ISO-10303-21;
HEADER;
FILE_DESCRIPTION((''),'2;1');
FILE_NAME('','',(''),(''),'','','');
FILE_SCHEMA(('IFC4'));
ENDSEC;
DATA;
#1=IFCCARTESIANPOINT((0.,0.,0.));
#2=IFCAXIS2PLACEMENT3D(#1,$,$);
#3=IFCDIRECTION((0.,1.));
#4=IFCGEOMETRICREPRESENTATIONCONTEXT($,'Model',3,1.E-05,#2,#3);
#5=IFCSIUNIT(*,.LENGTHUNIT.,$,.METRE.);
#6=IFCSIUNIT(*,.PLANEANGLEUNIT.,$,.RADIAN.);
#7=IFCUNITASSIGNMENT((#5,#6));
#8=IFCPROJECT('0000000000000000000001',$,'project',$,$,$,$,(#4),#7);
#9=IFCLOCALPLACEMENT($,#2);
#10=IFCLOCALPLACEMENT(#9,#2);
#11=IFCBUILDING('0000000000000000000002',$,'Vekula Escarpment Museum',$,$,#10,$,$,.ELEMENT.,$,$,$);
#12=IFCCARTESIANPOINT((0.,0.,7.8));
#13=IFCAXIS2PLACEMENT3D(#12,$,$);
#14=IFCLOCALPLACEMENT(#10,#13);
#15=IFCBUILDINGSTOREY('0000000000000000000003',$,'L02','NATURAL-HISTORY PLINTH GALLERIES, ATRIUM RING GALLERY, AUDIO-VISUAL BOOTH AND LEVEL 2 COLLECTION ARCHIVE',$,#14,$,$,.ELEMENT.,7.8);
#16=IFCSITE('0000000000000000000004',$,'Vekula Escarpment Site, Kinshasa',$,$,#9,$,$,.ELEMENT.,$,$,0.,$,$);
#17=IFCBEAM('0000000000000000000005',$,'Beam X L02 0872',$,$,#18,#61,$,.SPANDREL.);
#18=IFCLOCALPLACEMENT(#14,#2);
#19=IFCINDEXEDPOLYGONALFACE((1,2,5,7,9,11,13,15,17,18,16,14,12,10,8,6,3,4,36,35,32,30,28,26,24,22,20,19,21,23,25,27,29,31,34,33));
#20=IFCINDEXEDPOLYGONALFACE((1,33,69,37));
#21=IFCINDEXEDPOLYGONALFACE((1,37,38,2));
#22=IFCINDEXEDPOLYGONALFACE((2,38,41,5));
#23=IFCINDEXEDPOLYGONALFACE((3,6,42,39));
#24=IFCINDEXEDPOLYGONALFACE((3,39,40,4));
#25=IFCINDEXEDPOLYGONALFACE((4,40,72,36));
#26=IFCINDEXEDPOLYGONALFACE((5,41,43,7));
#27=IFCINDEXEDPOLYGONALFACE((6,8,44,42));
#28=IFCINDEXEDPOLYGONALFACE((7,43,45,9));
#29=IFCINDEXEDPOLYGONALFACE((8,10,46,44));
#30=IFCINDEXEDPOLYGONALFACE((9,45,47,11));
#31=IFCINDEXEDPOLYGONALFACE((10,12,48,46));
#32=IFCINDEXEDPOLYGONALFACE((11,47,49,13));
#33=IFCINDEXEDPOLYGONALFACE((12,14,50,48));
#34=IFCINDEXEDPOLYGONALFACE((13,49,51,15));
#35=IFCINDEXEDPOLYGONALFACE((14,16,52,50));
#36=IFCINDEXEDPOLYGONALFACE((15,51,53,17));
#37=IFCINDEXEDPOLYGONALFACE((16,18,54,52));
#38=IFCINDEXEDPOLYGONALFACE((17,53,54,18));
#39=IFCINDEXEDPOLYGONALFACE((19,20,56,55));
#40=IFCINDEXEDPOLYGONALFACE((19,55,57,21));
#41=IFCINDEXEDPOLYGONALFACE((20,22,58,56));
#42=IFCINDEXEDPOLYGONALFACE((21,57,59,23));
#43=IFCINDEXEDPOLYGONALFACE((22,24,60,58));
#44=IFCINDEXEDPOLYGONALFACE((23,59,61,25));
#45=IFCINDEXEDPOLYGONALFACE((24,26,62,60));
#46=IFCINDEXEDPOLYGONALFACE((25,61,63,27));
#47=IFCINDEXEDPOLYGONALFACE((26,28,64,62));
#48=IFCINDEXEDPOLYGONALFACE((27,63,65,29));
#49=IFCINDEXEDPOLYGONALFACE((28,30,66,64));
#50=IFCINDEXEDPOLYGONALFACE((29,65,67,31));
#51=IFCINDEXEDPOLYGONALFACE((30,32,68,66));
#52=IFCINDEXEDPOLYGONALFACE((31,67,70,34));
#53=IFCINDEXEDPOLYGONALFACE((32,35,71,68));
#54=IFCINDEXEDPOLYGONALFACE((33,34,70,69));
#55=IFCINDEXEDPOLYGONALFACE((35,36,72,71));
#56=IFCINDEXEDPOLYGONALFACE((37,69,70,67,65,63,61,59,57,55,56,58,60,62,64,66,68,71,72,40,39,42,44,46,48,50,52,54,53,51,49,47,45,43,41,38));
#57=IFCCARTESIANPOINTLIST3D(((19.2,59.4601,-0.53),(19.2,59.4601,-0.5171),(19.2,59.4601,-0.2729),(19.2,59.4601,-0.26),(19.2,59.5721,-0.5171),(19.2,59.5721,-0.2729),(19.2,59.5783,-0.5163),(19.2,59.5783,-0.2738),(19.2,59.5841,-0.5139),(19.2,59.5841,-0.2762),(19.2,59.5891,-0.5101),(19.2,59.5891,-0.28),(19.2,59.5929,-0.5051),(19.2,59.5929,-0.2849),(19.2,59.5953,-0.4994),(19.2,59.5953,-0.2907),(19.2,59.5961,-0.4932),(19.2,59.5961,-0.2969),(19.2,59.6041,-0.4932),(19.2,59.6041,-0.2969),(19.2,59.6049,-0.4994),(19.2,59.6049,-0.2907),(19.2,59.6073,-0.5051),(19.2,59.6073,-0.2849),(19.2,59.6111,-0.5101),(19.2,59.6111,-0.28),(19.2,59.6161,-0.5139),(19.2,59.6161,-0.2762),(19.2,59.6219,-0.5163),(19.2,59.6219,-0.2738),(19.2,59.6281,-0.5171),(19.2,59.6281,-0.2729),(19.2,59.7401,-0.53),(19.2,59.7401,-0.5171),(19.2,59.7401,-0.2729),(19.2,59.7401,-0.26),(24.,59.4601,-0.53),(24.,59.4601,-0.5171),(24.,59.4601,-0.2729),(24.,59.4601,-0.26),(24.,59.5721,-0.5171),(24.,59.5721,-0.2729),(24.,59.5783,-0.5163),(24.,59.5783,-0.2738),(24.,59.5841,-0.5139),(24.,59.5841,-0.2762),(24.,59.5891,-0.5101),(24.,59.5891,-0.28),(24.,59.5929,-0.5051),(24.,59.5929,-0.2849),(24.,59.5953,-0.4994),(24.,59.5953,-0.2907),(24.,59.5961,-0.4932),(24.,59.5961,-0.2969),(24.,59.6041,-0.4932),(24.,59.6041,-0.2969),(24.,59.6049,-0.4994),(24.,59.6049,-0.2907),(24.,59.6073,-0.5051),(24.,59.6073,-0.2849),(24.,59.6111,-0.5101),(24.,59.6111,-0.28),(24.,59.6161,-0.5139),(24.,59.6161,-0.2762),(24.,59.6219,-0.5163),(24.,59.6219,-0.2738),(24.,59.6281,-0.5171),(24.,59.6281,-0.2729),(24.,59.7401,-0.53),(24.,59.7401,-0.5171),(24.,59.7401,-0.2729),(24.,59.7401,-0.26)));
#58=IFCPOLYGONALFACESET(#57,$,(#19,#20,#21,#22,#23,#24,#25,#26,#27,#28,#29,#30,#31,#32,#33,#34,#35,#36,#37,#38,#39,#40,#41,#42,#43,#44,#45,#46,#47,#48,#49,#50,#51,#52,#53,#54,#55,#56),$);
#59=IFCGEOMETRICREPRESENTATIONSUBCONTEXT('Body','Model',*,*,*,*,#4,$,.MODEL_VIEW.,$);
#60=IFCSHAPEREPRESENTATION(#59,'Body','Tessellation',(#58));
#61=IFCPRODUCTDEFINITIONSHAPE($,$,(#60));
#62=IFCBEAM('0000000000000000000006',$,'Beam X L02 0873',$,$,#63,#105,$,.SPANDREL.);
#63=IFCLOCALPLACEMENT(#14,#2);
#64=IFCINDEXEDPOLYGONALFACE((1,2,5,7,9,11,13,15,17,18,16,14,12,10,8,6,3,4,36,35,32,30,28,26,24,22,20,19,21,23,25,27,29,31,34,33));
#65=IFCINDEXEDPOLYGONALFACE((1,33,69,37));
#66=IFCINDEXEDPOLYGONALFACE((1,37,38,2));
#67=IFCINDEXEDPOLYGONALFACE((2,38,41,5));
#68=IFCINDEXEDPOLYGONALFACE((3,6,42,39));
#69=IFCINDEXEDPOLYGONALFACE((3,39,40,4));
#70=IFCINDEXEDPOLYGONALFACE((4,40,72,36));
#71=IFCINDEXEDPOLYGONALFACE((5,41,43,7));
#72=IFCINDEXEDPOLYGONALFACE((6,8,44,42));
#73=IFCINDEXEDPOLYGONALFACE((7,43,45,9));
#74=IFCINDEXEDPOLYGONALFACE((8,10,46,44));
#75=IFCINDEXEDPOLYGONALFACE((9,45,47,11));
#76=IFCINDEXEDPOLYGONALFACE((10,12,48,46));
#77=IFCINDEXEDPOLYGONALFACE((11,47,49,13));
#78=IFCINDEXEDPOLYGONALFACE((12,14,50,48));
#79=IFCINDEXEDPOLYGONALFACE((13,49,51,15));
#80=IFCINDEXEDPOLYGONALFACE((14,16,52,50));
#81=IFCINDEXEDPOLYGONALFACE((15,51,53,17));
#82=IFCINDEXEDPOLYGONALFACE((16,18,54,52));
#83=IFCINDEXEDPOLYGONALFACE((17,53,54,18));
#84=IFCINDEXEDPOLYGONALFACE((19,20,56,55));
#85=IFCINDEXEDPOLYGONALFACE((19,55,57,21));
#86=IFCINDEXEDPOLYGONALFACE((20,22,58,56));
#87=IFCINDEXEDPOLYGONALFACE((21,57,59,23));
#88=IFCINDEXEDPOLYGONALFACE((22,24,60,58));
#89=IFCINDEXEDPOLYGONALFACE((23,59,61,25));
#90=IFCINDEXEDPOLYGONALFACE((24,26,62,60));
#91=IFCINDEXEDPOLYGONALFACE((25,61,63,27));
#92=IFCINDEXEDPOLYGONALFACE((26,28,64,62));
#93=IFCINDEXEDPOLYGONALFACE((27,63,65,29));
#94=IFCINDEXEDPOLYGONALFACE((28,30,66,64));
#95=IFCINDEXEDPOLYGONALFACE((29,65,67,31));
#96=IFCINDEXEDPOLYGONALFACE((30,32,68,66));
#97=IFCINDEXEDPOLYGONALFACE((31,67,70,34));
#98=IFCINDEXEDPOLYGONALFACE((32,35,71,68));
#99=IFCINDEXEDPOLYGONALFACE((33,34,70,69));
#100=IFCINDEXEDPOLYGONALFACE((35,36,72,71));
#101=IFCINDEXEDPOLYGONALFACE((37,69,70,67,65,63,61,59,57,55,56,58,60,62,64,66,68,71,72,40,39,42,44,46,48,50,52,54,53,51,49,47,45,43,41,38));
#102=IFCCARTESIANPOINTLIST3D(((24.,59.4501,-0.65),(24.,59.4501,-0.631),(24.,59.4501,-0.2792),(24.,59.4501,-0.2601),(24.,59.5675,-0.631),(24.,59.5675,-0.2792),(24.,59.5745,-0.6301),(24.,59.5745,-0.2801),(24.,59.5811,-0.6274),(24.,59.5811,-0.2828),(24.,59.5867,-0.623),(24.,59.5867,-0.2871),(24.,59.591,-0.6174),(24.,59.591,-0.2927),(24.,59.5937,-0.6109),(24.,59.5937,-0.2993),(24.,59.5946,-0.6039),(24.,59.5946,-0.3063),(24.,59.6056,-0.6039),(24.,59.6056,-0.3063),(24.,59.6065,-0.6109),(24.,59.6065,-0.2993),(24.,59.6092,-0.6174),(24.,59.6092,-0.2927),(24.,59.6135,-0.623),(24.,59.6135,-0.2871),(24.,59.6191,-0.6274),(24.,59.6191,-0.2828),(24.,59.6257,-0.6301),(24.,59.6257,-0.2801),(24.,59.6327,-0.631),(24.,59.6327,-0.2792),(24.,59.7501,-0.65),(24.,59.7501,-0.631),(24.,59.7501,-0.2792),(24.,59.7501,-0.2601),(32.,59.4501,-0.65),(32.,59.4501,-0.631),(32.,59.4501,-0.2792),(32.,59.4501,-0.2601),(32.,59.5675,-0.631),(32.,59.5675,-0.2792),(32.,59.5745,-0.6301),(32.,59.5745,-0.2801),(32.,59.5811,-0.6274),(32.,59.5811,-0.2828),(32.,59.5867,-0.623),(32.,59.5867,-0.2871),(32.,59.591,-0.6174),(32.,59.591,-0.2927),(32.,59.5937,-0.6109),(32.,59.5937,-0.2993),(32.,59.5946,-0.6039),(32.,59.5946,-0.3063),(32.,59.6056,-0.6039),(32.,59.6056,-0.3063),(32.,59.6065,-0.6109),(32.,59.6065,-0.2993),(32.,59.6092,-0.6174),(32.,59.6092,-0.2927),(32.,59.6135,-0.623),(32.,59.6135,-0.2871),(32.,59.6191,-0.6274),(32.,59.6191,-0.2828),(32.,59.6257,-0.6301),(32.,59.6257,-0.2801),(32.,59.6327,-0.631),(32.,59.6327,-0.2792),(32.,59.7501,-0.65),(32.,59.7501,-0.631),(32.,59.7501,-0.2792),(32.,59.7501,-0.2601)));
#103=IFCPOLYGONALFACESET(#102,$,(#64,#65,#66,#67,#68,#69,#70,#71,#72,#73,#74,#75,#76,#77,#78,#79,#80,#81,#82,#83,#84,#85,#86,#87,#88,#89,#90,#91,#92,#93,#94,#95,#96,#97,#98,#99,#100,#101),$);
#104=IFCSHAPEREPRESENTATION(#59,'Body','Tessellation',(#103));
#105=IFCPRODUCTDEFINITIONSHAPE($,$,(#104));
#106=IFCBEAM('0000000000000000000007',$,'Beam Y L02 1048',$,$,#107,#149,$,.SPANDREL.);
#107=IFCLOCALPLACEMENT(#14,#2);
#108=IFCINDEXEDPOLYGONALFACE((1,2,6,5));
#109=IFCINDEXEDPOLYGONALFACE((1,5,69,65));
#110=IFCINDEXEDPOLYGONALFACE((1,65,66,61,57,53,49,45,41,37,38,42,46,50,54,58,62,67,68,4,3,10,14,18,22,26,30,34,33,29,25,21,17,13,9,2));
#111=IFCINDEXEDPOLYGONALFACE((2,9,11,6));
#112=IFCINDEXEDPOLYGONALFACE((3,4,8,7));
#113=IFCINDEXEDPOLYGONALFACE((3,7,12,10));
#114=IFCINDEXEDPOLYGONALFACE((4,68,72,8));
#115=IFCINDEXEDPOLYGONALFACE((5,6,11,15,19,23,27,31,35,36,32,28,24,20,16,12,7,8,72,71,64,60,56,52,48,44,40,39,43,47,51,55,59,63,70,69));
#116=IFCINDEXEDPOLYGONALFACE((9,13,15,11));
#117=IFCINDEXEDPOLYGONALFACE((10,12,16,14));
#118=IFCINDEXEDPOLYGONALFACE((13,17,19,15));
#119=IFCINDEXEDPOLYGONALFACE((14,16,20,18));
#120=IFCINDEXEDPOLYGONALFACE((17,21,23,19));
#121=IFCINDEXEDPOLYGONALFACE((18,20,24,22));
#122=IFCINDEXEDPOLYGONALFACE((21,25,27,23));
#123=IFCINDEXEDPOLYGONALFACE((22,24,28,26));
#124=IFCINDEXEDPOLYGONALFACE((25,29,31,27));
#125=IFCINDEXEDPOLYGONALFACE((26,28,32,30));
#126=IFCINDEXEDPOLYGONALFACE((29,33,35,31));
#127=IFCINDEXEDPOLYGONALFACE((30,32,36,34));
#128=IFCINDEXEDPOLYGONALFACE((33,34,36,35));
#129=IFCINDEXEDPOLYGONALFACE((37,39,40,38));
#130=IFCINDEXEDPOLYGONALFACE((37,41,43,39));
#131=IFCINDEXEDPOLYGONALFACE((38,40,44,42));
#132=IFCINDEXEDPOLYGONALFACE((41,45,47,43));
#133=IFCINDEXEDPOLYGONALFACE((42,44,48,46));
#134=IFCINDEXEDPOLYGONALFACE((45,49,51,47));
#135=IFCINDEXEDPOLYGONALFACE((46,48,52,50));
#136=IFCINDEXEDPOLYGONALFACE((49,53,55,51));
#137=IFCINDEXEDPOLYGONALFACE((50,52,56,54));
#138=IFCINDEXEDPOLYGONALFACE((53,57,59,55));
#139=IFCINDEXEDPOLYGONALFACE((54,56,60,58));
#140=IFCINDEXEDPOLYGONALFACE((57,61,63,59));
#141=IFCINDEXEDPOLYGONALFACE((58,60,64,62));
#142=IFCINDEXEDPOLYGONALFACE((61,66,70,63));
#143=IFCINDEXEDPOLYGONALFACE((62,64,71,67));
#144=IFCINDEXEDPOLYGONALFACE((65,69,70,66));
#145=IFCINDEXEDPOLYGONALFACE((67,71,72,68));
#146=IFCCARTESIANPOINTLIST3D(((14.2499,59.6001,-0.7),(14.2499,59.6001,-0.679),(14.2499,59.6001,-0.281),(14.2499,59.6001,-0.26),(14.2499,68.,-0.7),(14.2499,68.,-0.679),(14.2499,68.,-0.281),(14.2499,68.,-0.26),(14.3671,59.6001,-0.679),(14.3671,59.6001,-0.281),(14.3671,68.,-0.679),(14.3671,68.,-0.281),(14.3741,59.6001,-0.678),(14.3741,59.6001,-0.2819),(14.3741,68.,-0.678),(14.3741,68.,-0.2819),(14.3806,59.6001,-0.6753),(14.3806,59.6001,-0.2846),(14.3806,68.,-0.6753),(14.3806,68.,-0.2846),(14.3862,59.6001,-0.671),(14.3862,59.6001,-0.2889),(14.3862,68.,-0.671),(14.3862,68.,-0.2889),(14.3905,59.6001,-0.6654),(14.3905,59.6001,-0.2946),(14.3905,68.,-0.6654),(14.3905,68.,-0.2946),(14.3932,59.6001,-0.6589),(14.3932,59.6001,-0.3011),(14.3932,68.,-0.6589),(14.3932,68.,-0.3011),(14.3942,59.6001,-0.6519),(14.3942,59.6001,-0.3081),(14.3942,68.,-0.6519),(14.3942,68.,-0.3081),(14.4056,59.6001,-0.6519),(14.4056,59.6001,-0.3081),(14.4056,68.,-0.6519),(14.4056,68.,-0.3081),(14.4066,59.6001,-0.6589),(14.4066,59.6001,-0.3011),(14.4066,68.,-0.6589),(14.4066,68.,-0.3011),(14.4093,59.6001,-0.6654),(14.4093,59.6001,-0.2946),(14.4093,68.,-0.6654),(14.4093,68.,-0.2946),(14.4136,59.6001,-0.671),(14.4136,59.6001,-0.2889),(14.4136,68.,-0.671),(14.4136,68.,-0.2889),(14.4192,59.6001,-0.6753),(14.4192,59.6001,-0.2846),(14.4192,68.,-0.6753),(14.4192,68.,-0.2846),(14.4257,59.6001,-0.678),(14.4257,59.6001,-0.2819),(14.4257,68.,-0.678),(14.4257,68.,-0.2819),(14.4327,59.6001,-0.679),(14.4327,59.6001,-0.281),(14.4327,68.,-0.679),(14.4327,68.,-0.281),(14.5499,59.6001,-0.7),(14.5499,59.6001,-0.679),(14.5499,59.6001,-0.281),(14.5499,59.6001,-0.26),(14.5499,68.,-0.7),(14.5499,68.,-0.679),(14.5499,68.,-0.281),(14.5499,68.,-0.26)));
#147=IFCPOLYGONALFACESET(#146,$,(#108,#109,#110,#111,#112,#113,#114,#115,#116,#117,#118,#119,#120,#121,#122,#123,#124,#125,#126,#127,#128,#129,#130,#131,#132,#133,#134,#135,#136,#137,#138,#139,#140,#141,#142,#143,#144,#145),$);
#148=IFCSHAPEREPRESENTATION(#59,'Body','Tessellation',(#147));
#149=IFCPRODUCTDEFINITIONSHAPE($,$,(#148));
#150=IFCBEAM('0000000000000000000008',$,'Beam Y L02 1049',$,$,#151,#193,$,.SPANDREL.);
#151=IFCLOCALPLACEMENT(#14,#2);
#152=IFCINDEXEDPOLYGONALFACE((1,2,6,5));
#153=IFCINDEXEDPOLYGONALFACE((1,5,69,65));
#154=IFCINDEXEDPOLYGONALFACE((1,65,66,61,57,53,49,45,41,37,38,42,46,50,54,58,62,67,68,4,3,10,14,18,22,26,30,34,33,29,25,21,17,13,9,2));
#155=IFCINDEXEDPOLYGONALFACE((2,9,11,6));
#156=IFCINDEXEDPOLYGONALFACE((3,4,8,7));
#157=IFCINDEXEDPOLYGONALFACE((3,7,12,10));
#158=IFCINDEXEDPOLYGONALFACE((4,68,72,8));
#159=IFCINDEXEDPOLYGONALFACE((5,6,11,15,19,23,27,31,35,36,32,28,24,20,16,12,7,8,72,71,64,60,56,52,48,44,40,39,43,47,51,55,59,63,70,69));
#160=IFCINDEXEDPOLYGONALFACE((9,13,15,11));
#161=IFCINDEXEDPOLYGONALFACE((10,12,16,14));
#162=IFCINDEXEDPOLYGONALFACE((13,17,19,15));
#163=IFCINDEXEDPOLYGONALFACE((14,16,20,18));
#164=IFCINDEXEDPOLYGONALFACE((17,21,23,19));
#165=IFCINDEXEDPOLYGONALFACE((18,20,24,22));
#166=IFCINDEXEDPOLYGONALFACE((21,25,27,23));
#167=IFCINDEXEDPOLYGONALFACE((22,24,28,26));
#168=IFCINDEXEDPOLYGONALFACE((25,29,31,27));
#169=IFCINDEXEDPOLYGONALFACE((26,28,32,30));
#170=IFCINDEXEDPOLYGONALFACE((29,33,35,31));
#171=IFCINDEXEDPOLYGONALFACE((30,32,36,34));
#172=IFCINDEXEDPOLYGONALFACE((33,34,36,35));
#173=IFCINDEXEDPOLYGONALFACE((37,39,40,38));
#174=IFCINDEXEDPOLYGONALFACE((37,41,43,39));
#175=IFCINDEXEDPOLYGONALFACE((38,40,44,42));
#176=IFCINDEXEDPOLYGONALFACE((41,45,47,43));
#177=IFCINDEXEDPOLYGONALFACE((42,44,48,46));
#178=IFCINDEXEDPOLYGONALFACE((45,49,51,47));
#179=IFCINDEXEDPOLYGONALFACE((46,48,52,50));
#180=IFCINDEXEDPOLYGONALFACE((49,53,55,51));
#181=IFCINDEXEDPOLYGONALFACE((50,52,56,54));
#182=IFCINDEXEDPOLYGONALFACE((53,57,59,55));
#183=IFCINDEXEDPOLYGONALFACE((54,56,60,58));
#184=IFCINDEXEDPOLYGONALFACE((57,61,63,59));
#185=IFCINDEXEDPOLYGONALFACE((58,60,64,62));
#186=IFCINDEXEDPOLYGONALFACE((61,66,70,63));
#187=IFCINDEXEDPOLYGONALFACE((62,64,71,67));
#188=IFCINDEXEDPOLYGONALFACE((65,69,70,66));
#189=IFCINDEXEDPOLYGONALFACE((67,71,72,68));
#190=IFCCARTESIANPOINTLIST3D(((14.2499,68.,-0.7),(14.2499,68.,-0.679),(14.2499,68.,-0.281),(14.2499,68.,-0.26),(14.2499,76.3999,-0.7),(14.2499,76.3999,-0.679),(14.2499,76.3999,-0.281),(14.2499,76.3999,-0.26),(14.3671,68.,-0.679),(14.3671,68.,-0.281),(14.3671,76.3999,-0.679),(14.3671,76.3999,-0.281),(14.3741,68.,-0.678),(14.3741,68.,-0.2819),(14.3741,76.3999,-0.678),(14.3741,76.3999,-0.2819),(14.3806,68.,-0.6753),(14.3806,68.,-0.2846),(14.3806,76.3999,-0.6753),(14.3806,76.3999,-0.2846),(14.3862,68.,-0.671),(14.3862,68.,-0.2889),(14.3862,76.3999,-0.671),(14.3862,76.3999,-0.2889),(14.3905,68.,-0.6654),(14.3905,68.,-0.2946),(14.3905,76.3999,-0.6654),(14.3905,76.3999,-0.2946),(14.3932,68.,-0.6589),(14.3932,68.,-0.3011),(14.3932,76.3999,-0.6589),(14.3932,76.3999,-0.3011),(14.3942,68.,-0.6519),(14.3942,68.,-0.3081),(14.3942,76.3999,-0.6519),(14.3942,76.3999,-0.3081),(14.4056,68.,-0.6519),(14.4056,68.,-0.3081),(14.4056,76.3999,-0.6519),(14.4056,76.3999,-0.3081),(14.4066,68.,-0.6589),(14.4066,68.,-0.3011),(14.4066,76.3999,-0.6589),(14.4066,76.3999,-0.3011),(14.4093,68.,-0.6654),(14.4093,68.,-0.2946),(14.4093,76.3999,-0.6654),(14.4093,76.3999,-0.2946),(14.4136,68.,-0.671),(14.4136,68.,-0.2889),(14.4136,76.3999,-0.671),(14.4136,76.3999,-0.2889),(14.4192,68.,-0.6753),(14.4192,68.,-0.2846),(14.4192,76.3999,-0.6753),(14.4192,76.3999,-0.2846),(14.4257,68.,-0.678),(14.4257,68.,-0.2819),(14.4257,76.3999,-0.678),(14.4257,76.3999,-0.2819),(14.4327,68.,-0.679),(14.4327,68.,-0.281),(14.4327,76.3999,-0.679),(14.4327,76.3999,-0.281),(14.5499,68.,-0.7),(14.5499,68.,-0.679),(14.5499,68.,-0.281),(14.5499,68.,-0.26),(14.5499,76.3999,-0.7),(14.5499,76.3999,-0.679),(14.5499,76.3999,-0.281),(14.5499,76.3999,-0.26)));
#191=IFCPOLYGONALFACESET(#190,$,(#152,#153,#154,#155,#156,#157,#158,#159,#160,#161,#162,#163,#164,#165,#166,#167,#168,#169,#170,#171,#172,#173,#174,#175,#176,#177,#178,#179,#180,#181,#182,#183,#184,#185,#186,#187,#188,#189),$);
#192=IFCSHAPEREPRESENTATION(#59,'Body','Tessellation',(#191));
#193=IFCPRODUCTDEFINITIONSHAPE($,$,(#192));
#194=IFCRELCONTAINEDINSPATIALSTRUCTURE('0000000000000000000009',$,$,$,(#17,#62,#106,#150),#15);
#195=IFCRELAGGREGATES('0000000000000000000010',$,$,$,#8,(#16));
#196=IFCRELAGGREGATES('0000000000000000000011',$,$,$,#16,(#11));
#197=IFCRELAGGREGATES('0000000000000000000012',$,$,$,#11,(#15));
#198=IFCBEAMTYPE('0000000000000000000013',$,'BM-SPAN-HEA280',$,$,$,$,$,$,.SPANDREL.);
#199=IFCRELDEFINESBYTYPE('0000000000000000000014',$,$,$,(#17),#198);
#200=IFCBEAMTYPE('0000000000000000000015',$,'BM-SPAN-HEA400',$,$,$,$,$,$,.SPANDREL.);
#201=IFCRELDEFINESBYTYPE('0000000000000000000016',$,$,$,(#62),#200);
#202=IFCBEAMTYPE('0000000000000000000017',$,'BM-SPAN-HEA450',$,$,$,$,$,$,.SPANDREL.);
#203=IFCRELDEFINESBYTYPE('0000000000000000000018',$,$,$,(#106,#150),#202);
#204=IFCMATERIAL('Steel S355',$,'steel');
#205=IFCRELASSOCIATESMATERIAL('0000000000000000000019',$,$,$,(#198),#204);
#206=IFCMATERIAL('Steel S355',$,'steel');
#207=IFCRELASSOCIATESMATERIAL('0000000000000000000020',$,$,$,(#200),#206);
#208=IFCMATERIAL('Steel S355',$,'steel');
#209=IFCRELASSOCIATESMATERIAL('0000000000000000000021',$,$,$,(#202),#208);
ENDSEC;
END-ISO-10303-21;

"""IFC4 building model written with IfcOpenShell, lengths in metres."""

from ifc_helpers import new_model, si_unit, direction, frame, origin, origin_2d, place, context, subcontext, project, spatial, i_section, extrude, material, material_profile, profile_set, type_object, element, save


model = new_model("IFC4")

# Units and contexts
model_context = context("Model", 3, precision=1e-05, world=origin(), true_north=direction((0.0, 1.0)))
body_context = subcontext(model_context, "Body", "Model", "MODEL_VIEW")
ifc_project = project(units=[si_unit("LENGTHUNIT", "METRE"), si_unit("PLANEANGLEUNIT", "RADIAN")], contexts=[model_context])

# Site, building, storey
site_placement = place(None, origin())
site = spatial("IfcSite", under=ifc_project, at=site_placement, Name="Vekula Escarpment Site, Kinshasa", CompositionType="ELEMENT", RefElevation=0.0)
building_placement = place(site_placement, origin())
building = spatial("IfcBuilding", under=site, at=building_placement, Name="Vekula Escarpment Museum", CompositionType="ELEMENT")
storey_placement = place(building_placement, frame((0.0, 0.0, 7.8)))
storey = spatial("IfcBuildingStorey", under=building, at=storey_placement, Name="L02", Description="NATURAL-HISTORY PLINTH GALLERIES, ATRIUM RING GALLERY, AUDIO-VISUAL BOOTH AND LEVEL 2 COLLECTION ARCHIVE", CompositionType="ELEMENT", Elevation=7.8)

# Beams
ifc_material_1 = material(Name="Steel S355", Category="steel")
ifc_material_profile_1 = material_profile(ifc_material_1, i_section(OverallWidth=0.28, OverallDepth=0.27, WebThickness=0.0081, FlangeThickness=0.0129, FilletRadius=0.0239, at=origin_2d()), Name="HEA 280")
ifc_profile_set_1 = profile_set([ifc_material_profile_1], Name="Steel S355")
beam_type_1 = type_object("IfcBeamType", Name="BM-SPAN-HEA280", PredefinedType="SPANDREL", material=ifc_profile_set_1)
for number, where, z_axis, x_axis, name in (
    (1, (19.2, 59.6001, -0.395), (1.0, 0.0, 0.0), (0.0, 1.0, 0.0), "Beam X L02 0872"),
):
    element("IfcBeam", number, at=place(storey_placement, frame(where, z_axis=z_axis, x_axis=x_axis)), inside=storey, type_object=beam_type_1, Name=name, PredefinedType="SPANDREL", context=body_context, shape_type="SweptSolid", body=[
        extrude(i_section(OverallWidth=0.28, OverallDepth=0.27, WebThickness=0.0081, FlangeThickness=0.0129, FilletRadius=0.0239, at=origin_2d()), origin(), (0.0, 0.0, 1.0), 4.8),
    ])
ifc_material_2 = material(Name="Steel S355", Category="steel")
ifc_material_profile_2 = material_profile(ifc_material_2, i_section(OverallWidth=0.3, OverallDepth=0.3899, WebThickness=0.011, FlangeThickness=0.019, FilletRadius=0.0271, at=origin_2d()), Name="HEA 400")
ifc_profile_set_2 = profile_set([ifc_material_profile_2], Name="Steel S355")
beam_type_2 = type_object("IfcBeamType", Name="BM-SPAN-HEA400", PredefinedType="SPANDREL", material=ifc_profile_set_2)
beam_1_placement = place(storey_placement, frame((24.0, 59.6001, -0.4551), z_axis=(1.0, 0.0, 0.0), x_axis=(0.0, 1.0, 0.0)))
element("IfcBeam", 2, at=beam_1_placement, inside=storey, type_object=beam_type_2, Name="Beam X L02 0873", PredefinedType="SPANDREL", context=body_context, shape_type="SweptSolid", body=[
    extrude(i_section(OverallWidth=0.3, OverallDepth=0.3899, WebThickness=0.011, FlangeThickness=0.019, FilletRadius=0.0271, at=origin_2d()), origin(), (0.0, 0.0, 1.0), 8.0),
])
ifc_material_3 = material(Name="Steel S355", Category="steel")
ifc_material_profile_3 = material_profile(ifc_material_3, i_section(OverallWidth=0.3, OverallDepth=0.4399, WebThickness=0.0115, FlangeThickness=0.021, FilletRadius=0.0271, at=origin_2d()), Name="HEA 450")
ifc_profile_set_3 = profile_set([ifc_material_profile_3], Name="Steel S355")
beam_type_3 = type_object("IfcBeamType", Name="BM-SPAN-HEA450", PredefinedType="SPANDREL", material=ifc_profile_set_3)
for number, where, z_axis, x_axis, name in (
    (3, (14.3999, 59.6001, -0.48), (0.0, 1.0, 0.0), (-1.0, 0.0, 0.0), "Beam Y L02 1048"),
    (4, (14.3999, 68.0, -0.48), (0.0, 1.0, 0.0), (-1.0, 0.0, 0.0), "Beam Y L02 1049"),
):
    element("IfcBeam", number, at=place(storey_placement, frame(where, z_axis=z_axis, x_axis=x_axis)), inside=storey, type_object=beam_type_3, Name=name, PredefinedType="SPANDREL", context=body_context, shape_type="SweptSolid", body=[
        extrude(i_section(OverallWidth=0.3, OverallDepth=0.4399, WebThickness=0.0115, FlangeThickness=0.021, FilletRadius=0.0271, at=origin_2d()), origin(), (0.0, 0.0, 1.0), 8.3999),
    ])

save(model, "model.ifc")
